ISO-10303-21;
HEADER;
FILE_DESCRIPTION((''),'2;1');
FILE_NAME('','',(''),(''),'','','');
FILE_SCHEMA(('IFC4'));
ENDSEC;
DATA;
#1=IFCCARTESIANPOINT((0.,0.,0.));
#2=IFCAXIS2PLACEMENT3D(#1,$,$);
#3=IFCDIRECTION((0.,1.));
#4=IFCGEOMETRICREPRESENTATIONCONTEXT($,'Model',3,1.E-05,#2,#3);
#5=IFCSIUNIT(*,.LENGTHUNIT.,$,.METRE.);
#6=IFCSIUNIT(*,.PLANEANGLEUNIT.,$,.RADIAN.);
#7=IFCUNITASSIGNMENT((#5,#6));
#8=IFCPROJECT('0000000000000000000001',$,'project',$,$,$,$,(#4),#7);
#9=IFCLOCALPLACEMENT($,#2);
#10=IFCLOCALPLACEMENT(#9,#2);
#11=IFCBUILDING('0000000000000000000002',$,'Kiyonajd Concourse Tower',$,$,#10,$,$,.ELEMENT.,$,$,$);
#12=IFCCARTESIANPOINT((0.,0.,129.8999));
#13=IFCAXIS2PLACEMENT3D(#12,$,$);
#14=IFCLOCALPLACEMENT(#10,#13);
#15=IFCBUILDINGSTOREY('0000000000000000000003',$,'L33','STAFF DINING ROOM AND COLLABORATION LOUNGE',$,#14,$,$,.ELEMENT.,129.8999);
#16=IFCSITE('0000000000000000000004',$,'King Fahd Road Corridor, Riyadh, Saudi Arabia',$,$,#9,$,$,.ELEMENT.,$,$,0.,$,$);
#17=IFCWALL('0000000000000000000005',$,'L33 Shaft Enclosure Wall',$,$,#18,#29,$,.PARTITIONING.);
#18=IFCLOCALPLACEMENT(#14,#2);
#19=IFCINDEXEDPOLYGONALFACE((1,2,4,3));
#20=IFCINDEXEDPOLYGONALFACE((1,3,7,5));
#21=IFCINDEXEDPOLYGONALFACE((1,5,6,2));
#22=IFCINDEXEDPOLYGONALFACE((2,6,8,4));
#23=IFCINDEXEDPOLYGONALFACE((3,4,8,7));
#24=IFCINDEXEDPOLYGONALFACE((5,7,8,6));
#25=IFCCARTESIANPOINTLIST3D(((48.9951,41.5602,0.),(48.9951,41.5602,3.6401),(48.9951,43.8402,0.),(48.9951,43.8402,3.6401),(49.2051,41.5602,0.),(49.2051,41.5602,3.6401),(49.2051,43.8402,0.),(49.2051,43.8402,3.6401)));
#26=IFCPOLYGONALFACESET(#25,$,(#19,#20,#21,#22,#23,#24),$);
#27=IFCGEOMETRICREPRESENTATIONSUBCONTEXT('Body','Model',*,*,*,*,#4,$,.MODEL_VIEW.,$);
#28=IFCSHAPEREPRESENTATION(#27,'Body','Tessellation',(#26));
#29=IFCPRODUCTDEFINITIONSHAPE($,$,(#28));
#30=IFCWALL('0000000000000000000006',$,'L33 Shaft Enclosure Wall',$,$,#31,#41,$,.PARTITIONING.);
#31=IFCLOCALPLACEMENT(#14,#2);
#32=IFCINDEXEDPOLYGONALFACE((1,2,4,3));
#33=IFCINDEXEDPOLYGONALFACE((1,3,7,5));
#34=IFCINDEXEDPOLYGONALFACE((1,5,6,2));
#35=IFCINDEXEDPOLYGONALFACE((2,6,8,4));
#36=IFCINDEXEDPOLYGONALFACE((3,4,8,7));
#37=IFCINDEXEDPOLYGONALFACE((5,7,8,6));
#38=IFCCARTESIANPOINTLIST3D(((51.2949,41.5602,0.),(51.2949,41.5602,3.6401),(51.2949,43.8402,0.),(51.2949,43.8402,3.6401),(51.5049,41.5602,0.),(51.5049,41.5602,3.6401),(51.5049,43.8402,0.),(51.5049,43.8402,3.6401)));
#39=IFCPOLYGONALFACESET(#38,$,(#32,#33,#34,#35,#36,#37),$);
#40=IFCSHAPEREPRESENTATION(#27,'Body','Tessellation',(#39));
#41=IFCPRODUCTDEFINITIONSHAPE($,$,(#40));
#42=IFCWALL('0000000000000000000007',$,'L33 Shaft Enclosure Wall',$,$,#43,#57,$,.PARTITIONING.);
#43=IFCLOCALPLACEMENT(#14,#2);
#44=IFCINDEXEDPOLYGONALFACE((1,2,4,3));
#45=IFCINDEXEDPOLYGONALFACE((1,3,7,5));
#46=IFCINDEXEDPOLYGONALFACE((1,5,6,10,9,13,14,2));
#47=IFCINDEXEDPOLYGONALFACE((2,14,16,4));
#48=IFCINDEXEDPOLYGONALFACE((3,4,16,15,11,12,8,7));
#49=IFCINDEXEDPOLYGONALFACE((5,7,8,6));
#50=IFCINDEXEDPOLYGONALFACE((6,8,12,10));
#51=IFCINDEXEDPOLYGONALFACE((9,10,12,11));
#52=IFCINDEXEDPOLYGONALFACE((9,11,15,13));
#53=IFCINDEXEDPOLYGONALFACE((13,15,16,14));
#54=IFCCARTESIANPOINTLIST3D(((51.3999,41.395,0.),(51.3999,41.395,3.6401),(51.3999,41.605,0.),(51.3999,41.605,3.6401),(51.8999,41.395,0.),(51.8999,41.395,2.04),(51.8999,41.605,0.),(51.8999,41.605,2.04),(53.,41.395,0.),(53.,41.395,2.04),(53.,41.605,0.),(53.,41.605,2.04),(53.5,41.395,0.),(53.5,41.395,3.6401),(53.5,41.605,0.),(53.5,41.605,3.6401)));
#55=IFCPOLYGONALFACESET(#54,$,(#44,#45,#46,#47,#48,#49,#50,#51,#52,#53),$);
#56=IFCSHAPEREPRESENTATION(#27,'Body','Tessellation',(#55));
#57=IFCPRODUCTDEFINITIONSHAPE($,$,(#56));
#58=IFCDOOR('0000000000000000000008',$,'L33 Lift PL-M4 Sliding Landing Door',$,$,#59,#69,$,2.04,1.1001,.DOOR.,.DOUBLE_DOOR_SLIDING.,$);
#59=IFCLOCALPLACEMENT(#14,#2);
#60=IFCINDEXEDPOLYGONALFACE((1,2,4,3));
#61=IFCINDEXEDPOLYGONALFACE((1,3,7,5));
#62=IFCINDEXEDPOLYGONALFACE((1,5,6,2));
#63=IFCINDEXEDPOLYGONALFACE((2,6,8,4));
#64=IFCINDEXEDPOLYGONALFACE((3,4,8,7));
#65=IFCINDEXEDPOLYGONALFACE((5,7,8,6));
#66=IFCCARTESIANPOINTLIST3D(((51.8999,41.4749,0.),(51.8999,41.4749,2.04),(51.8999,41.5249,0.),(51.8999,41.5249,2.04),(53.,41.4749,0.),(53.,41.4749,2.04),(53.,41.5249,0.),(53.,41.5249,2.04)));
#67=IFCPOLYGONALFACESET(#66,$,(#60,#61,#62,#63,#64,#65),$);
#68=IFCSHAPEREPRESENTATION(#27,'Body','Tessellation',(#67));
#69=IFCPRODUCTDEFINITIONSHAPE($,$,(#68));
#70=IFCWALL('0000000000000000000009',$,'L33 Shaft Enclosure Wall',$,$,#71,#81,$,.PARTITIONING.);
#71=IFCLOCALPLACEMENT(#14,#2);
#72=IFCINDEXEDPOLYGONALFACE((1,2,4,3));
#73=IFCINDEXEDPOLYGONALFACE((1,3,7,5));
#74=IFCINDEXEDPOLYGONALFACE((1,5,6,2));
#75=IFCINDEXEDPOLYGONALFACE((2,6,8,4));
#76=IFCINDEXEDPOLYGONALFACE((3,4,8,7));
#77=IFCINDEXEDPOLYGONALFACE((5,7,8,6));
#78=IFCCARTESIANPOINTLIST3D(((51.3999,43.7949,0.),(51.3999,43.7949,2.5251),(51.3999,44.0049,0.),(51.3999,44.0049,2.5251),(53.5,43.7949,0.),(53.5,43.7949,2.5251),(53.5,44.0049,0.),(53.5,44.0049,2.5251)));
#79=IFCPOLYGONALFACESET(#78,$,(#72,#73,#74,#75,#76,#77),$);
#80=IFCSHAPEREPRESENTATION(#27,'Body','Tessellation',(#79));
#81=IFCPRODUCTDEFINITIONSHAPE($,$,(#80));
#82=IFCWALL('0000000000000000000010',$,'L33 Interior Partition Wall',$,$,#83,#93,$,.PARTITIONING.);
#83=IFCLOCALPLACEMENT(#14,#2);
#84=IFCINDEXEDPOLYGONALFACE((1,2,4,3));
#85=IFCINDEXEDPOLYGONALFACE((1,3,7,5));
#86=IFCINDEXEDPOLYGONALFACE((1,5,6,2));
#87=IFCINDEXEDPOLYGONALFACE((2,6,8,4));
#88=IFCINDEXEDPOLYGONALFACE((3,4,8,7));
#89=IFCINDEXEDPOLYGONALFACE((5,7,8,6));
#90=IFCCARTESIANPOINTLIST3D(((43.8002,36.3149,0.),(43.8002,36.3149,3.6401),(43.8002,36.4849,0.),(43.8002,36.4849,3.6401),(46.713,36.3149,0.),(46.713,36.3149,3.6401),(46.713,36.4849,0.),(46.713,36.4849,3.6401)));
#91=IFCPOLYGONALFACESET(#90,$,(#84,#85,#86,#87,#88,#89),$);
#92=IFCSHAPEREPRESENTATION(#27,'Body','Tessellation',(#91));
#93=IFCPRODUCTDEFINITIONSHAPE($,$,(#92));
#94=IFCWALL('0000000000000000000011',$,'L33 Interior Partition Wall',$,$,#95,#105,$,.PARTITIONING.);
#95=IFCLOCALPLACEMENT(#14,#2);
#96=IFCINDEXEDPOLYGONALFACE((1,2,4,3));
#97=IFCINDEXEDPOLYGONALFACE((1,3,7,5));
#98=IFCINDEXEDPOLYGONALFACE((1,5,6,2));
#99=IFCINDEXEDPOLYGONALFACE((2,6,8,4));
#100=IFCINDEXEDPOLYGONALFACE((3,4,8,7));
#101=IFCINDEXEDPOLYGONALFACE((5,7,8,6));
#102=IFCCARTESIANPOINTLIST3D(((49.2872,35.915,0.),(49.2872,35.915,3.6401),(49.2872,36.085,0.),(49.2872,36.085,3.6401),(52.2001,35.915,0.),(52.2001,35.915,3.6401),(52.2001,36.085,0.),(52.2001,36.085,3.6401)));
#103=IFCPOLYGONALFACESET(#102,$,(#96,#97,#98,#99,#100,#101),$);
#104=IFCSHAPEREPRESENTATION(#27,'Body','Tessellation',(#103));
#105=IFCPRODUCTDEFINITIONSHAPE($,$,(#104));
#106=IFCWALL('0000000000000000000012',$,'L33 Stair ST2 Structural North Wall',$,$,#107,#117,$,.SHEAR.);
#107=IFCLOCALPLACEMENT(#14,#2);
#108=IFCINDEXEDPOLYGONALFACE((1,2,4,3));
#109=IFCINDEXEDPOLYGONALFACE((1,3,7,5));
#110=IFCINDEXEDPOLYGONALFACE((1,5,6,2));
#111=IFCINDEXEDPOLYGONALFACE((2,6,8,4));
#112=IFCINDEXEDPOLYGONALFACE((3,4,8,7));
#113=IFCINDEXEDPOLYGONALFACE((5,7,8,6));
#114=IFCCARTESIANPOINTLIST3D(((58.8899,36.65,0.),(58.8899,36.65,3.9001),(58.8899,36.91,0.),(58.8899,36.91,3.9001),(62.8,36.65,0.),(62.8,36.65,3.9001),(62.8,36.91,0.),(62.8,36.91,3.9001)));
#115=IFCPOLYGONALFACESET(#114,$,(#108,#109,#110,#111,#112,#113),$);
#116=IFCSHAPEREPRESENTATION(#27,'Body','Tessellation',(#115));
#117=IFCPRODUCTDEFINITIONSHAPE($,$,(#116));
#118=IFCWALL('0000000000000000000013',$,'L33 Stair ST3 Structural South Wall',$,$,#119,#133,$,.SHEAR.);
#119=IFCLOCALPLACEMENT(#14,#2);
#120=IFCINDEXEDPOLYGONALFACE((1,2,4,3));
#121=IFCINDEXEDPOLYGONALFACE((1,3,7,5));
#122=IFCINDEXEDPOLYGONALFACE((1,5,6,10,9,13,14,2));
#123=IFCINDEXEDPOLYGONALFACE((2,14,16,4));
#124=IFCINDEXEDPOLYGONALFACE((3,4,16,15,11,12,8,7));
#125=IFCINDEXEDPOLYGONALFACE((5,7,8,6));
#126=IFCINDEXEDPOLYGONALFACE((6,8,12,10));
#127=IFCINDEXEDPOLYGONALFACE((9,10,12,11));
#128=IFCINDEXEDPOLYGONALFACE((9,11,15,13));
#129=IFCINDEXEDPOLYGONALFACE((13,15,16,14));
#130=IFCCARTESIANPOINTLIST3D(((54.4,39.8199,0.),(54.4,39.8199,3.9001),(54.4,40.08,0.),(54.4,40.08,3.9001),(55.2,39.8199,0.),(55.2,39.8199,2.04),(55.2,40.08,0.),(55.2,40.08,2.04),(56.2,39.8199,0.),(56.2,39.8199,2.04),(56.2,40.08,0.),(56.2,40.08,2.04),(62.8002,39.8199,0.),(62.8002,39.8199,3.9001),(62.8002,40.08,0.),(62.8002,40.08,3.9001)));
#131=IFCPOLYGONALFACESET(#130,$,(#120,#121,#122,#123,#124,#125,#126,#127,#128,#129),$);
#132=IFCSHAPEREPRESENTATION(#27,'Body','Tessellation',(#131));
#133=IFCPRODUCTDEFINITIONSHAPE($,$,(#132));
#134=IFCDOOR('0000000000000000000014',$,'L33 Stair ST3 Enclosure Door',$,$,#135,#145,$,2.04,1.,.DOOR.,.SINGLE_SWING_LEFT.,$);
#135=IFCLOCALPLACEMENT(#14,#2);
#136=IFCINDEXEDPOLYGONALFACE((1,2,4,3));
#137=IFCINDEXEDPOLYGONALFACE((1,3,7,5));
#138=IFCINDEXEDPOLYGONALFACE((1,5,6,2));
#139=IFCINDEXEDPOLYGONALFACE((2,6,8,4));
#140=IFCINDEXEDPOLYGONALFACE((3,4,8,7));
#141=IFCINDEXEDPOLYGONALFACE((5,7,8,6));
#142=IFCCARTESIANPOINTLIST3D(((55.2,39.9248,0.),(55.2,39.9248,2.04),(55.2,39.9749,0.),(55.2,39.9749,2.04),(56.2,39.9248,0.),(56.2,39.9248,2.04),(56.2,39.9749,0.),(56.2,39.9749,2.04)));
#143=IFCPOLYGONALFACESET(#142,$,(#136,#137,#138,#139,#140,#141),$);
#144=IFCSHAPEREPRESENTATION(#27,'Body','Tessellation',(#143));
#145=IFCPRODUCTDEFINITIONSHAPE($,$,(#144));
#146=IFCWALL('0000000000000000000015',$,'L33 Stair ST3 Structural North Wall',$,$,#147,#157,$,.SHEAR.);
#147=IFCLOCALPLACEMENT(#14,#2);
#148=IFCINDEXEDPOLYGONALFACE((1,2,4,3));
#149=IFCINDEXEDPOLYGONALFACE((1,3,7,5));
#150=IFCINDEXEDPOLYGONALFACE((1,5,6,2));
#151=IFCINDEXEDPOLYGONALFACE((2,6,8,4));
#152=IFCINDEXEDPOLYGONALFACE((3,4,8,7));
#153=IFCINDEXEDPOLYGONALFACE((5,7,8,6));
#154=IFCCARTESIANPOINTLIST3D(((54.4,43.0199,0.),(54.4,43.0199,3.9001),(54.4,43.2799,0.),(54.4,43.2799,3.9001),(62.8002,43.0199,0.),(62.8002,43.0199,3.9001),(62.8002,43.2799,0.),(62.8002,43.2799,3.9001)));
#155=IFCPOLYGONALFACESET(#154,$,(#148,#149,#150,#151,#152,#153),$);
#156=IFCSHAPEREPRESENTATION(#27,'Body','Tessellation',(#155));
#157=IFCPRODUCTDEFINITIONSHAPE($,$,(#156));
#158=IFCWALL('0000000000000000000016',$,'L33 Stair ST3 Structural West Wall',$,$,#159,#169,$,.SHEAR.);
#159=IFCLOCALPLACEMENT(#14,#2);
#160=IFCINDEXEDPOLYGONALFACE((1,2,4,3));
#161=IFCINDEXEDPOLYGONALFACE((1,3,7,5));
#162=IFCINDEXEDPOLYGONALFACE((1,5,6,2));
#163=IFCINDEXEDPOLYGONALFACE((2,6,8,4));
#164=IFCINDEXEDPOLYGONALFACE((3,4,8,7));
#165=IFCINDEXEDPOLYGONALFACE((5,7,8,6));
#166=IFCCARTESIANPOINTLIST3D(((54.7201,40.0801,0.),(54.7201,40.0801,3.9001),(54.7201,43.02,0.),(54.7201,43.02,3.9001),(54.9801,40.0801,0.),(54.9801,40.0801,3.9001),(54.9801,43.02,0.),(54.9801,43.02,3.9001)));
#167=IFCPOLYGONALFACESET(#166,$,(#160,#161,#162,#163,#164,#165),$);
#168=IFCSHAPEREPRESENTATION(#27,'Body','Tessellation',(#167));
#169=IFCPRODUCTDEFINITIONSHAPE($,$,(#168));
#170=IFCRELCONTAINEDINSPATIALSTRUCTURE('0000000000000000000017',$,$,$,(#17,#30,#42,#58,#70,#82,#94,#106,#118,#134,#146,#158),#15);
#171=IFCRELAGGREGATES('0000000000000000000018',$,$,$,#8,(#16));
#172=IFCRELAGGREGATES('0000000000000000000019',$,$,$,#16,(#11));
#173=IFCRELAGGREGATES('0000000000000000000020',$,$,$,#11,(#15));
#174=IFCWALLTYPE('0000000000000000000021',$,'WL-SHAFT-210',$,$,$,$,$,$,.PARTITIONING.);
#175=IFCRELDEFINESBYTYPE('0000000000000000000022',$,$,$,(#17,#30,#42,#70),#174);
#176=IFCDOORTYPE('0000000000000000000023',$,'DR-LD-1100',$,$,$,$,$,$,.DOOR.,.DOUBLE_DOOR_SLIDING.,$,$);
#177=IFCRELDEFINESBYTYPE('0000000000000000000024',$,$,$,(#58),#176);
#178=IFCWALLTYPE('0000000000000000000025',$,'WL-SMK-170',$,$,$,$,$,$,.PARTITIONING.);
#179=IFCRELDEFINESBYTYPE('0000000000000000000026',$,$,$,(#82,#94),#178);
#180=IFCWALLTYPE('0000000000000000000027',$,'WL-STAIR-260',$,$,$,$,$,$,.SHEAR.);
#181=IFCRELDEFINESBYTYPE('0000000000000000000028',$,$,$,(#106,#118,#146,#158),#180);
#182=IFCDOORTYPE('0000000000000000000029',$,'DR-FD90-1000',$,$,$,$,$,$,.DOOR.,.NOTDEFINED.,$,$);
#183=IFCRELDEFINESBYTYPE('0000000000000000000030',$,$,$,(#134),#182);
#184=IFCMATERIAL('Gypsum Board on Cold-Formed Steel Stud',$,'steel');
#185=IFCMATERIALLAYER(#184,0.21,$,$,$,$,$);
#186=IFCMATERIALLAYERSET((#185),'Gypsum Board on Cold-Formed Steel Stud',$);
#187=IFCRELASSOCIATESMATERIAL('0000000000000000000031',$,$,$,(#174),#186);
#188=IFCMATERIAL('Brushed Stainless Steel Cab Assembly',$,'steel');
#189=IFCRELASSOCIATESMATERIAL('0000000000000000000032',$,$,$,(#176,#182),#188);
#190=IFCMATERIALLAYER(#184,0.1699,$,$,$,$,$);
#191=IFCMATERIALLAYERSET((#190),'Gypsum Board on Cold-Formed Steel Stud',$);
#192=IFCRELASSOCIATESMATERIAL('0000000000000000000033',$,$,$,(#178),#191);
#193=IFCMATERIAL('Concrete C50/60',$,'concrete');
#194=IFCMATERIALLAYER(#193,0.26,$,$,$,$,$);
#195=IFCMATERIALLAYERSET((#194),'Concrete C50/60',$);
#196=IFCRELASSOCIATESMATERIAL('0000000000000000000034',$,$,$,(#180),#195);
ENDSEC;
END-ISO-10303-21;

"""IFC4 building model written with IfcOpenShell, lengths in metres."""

from ifc_helpers import new_model, si_unit, direction, frame, frame_2d, origin, place, context, subcontext, project, spatial, rectangle, extrude, material, layer, layer_set, type_object, element, fill, save


model = new_model("IFC4")

# Units and contexts
model_context = context("Model", 3, precision=1e-05, world=origin(), true_north=direction((0.0, 1.0)))
body_context = subcontext(model_context, "Body", "Model", "MODEL_VIEW")
ifc_project = project(units=[si_unit("LENGTHUNIT", "METRE"), si_unit("PLANEANGLEUNIT", "RADIAN")], contexts=[model_context])

# Site, building, storey
site_placement = place(None, origin())
site = spatial("IfcSite", under=ifc_project, at=site_placement, Name="King Fahd Road Corridor, Riyadh, Saudi Arabia", CompositionType="ELEMENT", RefElevation=0.0)
building_placement = place(site_placement, origin())
building = spatial("IfcBuilding", under=site, at=building_placement, Name="Kiyonajd Concourse Tower", CompositionType="ELEMENT")
storey_placement = place(building_placement, frame((0.0, 0.0, 129.8999)))
storey = spatial("IfcBuildingStorey", under=building, at=storey_placement, Name="L33", Description="STAFF DINING ROOM AND COLLABORATION LOUNGE", CompositionType="ELEMENT", Elevation=129.8999)

# Shared definitions
ifc_material_1 = material(Name="Concrete C50/60", Category="concrete")

# Shared definitions
ifc_material_2 = material(Name="Gypsum Board on Cold-Formed Steel Stud", Category="steel")
ifc_layer_1 = layer(ifc_material_2, 0.21)
ifc_layer_set_1 = layer_set([ifc_layer_1], Name="Gypsum Board on Cold-Formed Steel Stud")
wall_type_1 = type_object("IfcWallType", Name="WL-SHAFT-210", PredefinedType="PARTITIONING", material=ifc_layer_set_1)

# Shared definitions
ifc_material_3 = material(Name="Brushed Stainless Steel Cab Assembly", Category="steel")
door_type_1 = type_object("IfcDoorType", Name="DR-LD-1100", OperationType="DOUBLE_DOOR_SLIDING", PredefinedType="DOOR", material=ifc_material_3)

# Walls
for number, where, z_axis, x_axis, name in (
    (1, (49.1001, 41.5601, 0.0), (0.0, 0.0, 1.0), (0.0, 1.0, 0.0), "L33 Shaft Enclosure Wall"),
    (2, (51.3999, 41.5601, 0.0), (0.0, 0.0, 1.0), (0.0, 1.0, 0.0), "L33 Shaft Enclosure Wall"),
):
    element("IfcWall", number, at=place(storey_placement, frame(where, z_axis=z_axis, x_axis=x_axis)), inside=storey, type_object=wall_type_1, Name=name, PredefinedType="PARTITIONING", context=body_context, shape_type="SweptSolid", body=[
        extrude(rectangle(XDim=2.28, YDim=0.21, at=frame_2d((1.1401, 0.0))), origin(), (0.0, 0.0, 1.0), 3.6401),
    ])

# Wall, opening, door
wall_1_placement = place(storey_placement, frame((51.3999, 41.5, 0.0), z_axis=(0.0, 0.0, 1.0), x_axis=(1.0, 0.0, 0.0)))
wall_1 = element("IfcWall", 3, at=wall_1_placement, inside=storey, type_object=wall_type_1, Name="L33 Shaft Enclosure Wall", PredefinedType="PARTITIONING", context=body_context, shape_type="SweptSolid", body=[
    extrude(rectangle(XDim=2.1001, YDim=0.21, at=frame_2d((1.05, 0.0))), origin(), (0.0, 0.0, 1.0), 3.6401),
])
opening_1_placement = place(wall_1_placement, frame((0.5, 0.0, 0.0)))
opening_1 = element("IfcOpeningElement", 4, at=opening_1_placement, cuts=wall_1, PredefinedType="OPENING", context=body_context, shape_type="SweptSolid", body=[
    extrude(rectangle(XDim=1.1001, YDim=2.04, at=frame_2d((0.55, 1.02))), frame((0.0, 0.115, 0.0), z_axis=(0.0, -1.0, 0.0), x_axis=(1.0, 0.0, 0.0)), (0.0, 0.0, 1.0), 0.23),
])
door_1_placement = place(opening_1_placement, origin())
door_1 = element("IfcDoor", 5, at=door_1_placement, inside=storey, type_object=door_type_1, Name="L33 Lift PL-M4 Sliding Landing Door", OperationType="DOUBLE_DOOR_SLIDING", OverallHeight=2.04, OverallWidth=1.1001, PredefinedType="DOOR", context=body_context, shape_type="SweptSolid", body=[
    extrude(rectangle(XDim=1.1001, YDim=2.04, at=frame_2d((0.55, 1.02))), frame((0.0, 0.0249, 0.0), z_axis=(0.0, -1.0, 0.0), x_axis=(1.0, 0.0, 0.0)), (0.0, 0.0, 1.0), 0.05),
])
fill(opening_1, door_1)

# Walls
wall_2_placement = place(storey_placement, frame((51.3999, 43.8999, 0.0), z_axis=(0.0, 0.0, 1.0), x_axis=(1.0, 0.0, 0.0)))
element("IfcWall", 6, at=wall_2_placement, inside=storey, type_object=wall_type_1, Name="L33 Shaft Enclosure Wall", PredefinedType="PARTITIONING", context=body_context, shape_type="SweptSolid", body=[
    extrude(rectangle(XDim=2.1001, YDim=0.21, at=frame_2d((1.05, 0.0))), origin(), (0.0, 0.0, 1.0), 2.5251),
])
ifc_layer_2 = layer(ifc_material_2, 0.1699)
ifc_layer_set_2 = layer_set([ifc_layer_2], Name="Gypsum Board on Cold-Formed Steel Stud")
wall_type_2 = type_object("IfcWallType", Name="WL-SMK-170", PredefinedType="PARTITIONING", material=ifc_layer_set_2)
for number, where, z_axis, x_axis, name in (
    (7, (43.8, 36.3999, 0.0), (0.0, 0.0, 1.0), (1.0, 0.0, 0.0), "L33 Interior Partition Wall"),
    (8, (49.2871, 36.0, 0.0), (0.0, 0.0, 1.0), (1.0, 0.0, 0.0), "L33 Interior Partition Wall"),
):
    element("IfcWall", number, at=place(storey_placement, frame(where, z_axis=z_axis, x_axis=x_axis)), inside=storey, type_object=wall_type_2, Name=name, PredefinedType="PARTITIONING", context=body_context, shape_type="SweptSolid", body=[
        extrude(rectangle(XDim=2.9128, YDim=0.1699, at=frame_2d((1.4565, 0.0))), origin(), (0.0, 0.0, 1.0), 3.6401),
    ])
ifc_layer_3 = layer(ifc_material_1, 0.26)
ifc_layer_set_3 = layer_set([ifc_layer_3], Name="Concrete C50/60")
wall_type_3 = type_object("IfcWallType", Name="WL-STAIR-260", PredefinedType="SHEAR", material=ifc_layer_set_3)
wall_3_placement = place(storey_placement, frame((58.8899, 36.78, 0.0), z_axis=(0.0, 0.0, 1.0), x_axis=(1.0, 0.0, 0.0)))
element("IfcWall", 9, at=wall_3_placement, inside=storey, type_object=wall_type_3, Name="L33 Stair ST2 Structural North Wall", PredefinedType="SHEAR", context=body_context, shape_type="SweptSolid", body=[
    extrude(rectangle(XDim=3.9102, YDim=0.26, at=frame_2d((1.9551, 0.0))), origin(), (0.0, 0.0, 1.0), 3.9001),
])

# Wall, opening, door
wall_4_placement = place(storey_placement, frame((54.3999, 39.95, 0.0), z_axis=(0.0, 0.0, 1.0), x_axis=(1.0, 0.0, 0.0)))
wall_4 = element("IfcWall", 10, at=wall_4_placement, inside=storey, type_object=wall_type_3, Name="L33 Stair ST3 Structural South Wall", PredefinedType="SHEAR", context=body_context, shape_type="SweptSolid", body=[
    extrude(rectangle(XDim=8.4001, YDim=0.26, at=frame_2d((4.2002, 0.0))), origin(), (0.0, 0.0, 1.0), 3.9001),
])
opening_2_placement = place(wall_4_placement, frame((0.8, 0.0, 0.0)))
opening_2 = element("IfcOpeningElement", 11, at=opening_2_placement, cuts=wall_4, PredefinedType="OPENING", context=body_context, shape_type="SweptSolid", body=[
    extrude(rectangle(XDim=1.0, YDim=2.04, at=frame_2d((0.5, 1.02))), frame((0.0, 0.1399, 0.0), z_axis=(0.0, -1.0, 0.0), x_axis=(1.0, 0.0, 0.0)), (0.0, 0.0, 1.0), 0.28),
])
door_type_2 = type_object("IfcDoorType", Name="DR-FD90-1000", OperationType="NOTDEFINED", PredefinedType="DOOR", material=ifc_material_3)
door_2_placement = place(opening_2_placement, origin())
door_2 = element("IfcDoor", 12, at=door_2_placement, inside=storey, type_object=door_type_2, Name="L33 Stair ST3 Enclosure Door", OperationType="SINGLE_SWING_LEFT", OverallHeight=2.04, OverallWidth=1.0, PredefinedType="DOOR", context=body_context, shape_type="SweptSolid", body=[
    extrude(rectangle(XDim=1.0, YDim=2.04, at=frame_2d((0.5, 1.02))), frame((0.0, 0.0249, 0.0), z_axis=(0.0, -1.0, 0.0), x_axis=(1.0, 0.0, 0.0)), (0.0, 0.0, 1.0), 0.05),
])
fill(opening_2, door_2)

# Walls
wall_5_placement = place(storey_placement, frame((54.3999, 43.1499, 0.0), z_axis=(0.0, 0.0, 1.0), x_axis=(1.0, 0.0, 0.0)))
element("IfcWall", 13, at=wall_5_placement, inside=storey, type_object=wall_type_3, Name="L33 Stair ST3 Structural North Wall", PredefinedType="SHEAR", context=body_context, shape_type="SweptSolid", body=[
    extrude(rectangle(XDim=8.4001, YDim=0.26, at=frame_2d((4.2002, 0.0))), origin(), (0.0, 0.0, 1.0), 3.9001),
])
wall_6_placement = place(storey_placement, frame((54.8501, 40.0801, 0.0), z_axis=(0.0, 0.0, 1.0), x_axis=(0.0, 1.0, 0.0)))
element("IfcWall", 14, at=wall_6_placement, inside=storey, type_object=wall_type_3, Name="L33 Stair ST3 Structural West Wall", PredefinedType="SHEAR", context=body_context, shape_type="SweptSolid", body=[
    extrude(rectangle(XDim=2.9399, YDim=0.26, at=frame_2d((1.47, 0.0))), origin(), (0.0, 0.0, 1.0), 3.9001),
])

save(model, "model.ifc")
